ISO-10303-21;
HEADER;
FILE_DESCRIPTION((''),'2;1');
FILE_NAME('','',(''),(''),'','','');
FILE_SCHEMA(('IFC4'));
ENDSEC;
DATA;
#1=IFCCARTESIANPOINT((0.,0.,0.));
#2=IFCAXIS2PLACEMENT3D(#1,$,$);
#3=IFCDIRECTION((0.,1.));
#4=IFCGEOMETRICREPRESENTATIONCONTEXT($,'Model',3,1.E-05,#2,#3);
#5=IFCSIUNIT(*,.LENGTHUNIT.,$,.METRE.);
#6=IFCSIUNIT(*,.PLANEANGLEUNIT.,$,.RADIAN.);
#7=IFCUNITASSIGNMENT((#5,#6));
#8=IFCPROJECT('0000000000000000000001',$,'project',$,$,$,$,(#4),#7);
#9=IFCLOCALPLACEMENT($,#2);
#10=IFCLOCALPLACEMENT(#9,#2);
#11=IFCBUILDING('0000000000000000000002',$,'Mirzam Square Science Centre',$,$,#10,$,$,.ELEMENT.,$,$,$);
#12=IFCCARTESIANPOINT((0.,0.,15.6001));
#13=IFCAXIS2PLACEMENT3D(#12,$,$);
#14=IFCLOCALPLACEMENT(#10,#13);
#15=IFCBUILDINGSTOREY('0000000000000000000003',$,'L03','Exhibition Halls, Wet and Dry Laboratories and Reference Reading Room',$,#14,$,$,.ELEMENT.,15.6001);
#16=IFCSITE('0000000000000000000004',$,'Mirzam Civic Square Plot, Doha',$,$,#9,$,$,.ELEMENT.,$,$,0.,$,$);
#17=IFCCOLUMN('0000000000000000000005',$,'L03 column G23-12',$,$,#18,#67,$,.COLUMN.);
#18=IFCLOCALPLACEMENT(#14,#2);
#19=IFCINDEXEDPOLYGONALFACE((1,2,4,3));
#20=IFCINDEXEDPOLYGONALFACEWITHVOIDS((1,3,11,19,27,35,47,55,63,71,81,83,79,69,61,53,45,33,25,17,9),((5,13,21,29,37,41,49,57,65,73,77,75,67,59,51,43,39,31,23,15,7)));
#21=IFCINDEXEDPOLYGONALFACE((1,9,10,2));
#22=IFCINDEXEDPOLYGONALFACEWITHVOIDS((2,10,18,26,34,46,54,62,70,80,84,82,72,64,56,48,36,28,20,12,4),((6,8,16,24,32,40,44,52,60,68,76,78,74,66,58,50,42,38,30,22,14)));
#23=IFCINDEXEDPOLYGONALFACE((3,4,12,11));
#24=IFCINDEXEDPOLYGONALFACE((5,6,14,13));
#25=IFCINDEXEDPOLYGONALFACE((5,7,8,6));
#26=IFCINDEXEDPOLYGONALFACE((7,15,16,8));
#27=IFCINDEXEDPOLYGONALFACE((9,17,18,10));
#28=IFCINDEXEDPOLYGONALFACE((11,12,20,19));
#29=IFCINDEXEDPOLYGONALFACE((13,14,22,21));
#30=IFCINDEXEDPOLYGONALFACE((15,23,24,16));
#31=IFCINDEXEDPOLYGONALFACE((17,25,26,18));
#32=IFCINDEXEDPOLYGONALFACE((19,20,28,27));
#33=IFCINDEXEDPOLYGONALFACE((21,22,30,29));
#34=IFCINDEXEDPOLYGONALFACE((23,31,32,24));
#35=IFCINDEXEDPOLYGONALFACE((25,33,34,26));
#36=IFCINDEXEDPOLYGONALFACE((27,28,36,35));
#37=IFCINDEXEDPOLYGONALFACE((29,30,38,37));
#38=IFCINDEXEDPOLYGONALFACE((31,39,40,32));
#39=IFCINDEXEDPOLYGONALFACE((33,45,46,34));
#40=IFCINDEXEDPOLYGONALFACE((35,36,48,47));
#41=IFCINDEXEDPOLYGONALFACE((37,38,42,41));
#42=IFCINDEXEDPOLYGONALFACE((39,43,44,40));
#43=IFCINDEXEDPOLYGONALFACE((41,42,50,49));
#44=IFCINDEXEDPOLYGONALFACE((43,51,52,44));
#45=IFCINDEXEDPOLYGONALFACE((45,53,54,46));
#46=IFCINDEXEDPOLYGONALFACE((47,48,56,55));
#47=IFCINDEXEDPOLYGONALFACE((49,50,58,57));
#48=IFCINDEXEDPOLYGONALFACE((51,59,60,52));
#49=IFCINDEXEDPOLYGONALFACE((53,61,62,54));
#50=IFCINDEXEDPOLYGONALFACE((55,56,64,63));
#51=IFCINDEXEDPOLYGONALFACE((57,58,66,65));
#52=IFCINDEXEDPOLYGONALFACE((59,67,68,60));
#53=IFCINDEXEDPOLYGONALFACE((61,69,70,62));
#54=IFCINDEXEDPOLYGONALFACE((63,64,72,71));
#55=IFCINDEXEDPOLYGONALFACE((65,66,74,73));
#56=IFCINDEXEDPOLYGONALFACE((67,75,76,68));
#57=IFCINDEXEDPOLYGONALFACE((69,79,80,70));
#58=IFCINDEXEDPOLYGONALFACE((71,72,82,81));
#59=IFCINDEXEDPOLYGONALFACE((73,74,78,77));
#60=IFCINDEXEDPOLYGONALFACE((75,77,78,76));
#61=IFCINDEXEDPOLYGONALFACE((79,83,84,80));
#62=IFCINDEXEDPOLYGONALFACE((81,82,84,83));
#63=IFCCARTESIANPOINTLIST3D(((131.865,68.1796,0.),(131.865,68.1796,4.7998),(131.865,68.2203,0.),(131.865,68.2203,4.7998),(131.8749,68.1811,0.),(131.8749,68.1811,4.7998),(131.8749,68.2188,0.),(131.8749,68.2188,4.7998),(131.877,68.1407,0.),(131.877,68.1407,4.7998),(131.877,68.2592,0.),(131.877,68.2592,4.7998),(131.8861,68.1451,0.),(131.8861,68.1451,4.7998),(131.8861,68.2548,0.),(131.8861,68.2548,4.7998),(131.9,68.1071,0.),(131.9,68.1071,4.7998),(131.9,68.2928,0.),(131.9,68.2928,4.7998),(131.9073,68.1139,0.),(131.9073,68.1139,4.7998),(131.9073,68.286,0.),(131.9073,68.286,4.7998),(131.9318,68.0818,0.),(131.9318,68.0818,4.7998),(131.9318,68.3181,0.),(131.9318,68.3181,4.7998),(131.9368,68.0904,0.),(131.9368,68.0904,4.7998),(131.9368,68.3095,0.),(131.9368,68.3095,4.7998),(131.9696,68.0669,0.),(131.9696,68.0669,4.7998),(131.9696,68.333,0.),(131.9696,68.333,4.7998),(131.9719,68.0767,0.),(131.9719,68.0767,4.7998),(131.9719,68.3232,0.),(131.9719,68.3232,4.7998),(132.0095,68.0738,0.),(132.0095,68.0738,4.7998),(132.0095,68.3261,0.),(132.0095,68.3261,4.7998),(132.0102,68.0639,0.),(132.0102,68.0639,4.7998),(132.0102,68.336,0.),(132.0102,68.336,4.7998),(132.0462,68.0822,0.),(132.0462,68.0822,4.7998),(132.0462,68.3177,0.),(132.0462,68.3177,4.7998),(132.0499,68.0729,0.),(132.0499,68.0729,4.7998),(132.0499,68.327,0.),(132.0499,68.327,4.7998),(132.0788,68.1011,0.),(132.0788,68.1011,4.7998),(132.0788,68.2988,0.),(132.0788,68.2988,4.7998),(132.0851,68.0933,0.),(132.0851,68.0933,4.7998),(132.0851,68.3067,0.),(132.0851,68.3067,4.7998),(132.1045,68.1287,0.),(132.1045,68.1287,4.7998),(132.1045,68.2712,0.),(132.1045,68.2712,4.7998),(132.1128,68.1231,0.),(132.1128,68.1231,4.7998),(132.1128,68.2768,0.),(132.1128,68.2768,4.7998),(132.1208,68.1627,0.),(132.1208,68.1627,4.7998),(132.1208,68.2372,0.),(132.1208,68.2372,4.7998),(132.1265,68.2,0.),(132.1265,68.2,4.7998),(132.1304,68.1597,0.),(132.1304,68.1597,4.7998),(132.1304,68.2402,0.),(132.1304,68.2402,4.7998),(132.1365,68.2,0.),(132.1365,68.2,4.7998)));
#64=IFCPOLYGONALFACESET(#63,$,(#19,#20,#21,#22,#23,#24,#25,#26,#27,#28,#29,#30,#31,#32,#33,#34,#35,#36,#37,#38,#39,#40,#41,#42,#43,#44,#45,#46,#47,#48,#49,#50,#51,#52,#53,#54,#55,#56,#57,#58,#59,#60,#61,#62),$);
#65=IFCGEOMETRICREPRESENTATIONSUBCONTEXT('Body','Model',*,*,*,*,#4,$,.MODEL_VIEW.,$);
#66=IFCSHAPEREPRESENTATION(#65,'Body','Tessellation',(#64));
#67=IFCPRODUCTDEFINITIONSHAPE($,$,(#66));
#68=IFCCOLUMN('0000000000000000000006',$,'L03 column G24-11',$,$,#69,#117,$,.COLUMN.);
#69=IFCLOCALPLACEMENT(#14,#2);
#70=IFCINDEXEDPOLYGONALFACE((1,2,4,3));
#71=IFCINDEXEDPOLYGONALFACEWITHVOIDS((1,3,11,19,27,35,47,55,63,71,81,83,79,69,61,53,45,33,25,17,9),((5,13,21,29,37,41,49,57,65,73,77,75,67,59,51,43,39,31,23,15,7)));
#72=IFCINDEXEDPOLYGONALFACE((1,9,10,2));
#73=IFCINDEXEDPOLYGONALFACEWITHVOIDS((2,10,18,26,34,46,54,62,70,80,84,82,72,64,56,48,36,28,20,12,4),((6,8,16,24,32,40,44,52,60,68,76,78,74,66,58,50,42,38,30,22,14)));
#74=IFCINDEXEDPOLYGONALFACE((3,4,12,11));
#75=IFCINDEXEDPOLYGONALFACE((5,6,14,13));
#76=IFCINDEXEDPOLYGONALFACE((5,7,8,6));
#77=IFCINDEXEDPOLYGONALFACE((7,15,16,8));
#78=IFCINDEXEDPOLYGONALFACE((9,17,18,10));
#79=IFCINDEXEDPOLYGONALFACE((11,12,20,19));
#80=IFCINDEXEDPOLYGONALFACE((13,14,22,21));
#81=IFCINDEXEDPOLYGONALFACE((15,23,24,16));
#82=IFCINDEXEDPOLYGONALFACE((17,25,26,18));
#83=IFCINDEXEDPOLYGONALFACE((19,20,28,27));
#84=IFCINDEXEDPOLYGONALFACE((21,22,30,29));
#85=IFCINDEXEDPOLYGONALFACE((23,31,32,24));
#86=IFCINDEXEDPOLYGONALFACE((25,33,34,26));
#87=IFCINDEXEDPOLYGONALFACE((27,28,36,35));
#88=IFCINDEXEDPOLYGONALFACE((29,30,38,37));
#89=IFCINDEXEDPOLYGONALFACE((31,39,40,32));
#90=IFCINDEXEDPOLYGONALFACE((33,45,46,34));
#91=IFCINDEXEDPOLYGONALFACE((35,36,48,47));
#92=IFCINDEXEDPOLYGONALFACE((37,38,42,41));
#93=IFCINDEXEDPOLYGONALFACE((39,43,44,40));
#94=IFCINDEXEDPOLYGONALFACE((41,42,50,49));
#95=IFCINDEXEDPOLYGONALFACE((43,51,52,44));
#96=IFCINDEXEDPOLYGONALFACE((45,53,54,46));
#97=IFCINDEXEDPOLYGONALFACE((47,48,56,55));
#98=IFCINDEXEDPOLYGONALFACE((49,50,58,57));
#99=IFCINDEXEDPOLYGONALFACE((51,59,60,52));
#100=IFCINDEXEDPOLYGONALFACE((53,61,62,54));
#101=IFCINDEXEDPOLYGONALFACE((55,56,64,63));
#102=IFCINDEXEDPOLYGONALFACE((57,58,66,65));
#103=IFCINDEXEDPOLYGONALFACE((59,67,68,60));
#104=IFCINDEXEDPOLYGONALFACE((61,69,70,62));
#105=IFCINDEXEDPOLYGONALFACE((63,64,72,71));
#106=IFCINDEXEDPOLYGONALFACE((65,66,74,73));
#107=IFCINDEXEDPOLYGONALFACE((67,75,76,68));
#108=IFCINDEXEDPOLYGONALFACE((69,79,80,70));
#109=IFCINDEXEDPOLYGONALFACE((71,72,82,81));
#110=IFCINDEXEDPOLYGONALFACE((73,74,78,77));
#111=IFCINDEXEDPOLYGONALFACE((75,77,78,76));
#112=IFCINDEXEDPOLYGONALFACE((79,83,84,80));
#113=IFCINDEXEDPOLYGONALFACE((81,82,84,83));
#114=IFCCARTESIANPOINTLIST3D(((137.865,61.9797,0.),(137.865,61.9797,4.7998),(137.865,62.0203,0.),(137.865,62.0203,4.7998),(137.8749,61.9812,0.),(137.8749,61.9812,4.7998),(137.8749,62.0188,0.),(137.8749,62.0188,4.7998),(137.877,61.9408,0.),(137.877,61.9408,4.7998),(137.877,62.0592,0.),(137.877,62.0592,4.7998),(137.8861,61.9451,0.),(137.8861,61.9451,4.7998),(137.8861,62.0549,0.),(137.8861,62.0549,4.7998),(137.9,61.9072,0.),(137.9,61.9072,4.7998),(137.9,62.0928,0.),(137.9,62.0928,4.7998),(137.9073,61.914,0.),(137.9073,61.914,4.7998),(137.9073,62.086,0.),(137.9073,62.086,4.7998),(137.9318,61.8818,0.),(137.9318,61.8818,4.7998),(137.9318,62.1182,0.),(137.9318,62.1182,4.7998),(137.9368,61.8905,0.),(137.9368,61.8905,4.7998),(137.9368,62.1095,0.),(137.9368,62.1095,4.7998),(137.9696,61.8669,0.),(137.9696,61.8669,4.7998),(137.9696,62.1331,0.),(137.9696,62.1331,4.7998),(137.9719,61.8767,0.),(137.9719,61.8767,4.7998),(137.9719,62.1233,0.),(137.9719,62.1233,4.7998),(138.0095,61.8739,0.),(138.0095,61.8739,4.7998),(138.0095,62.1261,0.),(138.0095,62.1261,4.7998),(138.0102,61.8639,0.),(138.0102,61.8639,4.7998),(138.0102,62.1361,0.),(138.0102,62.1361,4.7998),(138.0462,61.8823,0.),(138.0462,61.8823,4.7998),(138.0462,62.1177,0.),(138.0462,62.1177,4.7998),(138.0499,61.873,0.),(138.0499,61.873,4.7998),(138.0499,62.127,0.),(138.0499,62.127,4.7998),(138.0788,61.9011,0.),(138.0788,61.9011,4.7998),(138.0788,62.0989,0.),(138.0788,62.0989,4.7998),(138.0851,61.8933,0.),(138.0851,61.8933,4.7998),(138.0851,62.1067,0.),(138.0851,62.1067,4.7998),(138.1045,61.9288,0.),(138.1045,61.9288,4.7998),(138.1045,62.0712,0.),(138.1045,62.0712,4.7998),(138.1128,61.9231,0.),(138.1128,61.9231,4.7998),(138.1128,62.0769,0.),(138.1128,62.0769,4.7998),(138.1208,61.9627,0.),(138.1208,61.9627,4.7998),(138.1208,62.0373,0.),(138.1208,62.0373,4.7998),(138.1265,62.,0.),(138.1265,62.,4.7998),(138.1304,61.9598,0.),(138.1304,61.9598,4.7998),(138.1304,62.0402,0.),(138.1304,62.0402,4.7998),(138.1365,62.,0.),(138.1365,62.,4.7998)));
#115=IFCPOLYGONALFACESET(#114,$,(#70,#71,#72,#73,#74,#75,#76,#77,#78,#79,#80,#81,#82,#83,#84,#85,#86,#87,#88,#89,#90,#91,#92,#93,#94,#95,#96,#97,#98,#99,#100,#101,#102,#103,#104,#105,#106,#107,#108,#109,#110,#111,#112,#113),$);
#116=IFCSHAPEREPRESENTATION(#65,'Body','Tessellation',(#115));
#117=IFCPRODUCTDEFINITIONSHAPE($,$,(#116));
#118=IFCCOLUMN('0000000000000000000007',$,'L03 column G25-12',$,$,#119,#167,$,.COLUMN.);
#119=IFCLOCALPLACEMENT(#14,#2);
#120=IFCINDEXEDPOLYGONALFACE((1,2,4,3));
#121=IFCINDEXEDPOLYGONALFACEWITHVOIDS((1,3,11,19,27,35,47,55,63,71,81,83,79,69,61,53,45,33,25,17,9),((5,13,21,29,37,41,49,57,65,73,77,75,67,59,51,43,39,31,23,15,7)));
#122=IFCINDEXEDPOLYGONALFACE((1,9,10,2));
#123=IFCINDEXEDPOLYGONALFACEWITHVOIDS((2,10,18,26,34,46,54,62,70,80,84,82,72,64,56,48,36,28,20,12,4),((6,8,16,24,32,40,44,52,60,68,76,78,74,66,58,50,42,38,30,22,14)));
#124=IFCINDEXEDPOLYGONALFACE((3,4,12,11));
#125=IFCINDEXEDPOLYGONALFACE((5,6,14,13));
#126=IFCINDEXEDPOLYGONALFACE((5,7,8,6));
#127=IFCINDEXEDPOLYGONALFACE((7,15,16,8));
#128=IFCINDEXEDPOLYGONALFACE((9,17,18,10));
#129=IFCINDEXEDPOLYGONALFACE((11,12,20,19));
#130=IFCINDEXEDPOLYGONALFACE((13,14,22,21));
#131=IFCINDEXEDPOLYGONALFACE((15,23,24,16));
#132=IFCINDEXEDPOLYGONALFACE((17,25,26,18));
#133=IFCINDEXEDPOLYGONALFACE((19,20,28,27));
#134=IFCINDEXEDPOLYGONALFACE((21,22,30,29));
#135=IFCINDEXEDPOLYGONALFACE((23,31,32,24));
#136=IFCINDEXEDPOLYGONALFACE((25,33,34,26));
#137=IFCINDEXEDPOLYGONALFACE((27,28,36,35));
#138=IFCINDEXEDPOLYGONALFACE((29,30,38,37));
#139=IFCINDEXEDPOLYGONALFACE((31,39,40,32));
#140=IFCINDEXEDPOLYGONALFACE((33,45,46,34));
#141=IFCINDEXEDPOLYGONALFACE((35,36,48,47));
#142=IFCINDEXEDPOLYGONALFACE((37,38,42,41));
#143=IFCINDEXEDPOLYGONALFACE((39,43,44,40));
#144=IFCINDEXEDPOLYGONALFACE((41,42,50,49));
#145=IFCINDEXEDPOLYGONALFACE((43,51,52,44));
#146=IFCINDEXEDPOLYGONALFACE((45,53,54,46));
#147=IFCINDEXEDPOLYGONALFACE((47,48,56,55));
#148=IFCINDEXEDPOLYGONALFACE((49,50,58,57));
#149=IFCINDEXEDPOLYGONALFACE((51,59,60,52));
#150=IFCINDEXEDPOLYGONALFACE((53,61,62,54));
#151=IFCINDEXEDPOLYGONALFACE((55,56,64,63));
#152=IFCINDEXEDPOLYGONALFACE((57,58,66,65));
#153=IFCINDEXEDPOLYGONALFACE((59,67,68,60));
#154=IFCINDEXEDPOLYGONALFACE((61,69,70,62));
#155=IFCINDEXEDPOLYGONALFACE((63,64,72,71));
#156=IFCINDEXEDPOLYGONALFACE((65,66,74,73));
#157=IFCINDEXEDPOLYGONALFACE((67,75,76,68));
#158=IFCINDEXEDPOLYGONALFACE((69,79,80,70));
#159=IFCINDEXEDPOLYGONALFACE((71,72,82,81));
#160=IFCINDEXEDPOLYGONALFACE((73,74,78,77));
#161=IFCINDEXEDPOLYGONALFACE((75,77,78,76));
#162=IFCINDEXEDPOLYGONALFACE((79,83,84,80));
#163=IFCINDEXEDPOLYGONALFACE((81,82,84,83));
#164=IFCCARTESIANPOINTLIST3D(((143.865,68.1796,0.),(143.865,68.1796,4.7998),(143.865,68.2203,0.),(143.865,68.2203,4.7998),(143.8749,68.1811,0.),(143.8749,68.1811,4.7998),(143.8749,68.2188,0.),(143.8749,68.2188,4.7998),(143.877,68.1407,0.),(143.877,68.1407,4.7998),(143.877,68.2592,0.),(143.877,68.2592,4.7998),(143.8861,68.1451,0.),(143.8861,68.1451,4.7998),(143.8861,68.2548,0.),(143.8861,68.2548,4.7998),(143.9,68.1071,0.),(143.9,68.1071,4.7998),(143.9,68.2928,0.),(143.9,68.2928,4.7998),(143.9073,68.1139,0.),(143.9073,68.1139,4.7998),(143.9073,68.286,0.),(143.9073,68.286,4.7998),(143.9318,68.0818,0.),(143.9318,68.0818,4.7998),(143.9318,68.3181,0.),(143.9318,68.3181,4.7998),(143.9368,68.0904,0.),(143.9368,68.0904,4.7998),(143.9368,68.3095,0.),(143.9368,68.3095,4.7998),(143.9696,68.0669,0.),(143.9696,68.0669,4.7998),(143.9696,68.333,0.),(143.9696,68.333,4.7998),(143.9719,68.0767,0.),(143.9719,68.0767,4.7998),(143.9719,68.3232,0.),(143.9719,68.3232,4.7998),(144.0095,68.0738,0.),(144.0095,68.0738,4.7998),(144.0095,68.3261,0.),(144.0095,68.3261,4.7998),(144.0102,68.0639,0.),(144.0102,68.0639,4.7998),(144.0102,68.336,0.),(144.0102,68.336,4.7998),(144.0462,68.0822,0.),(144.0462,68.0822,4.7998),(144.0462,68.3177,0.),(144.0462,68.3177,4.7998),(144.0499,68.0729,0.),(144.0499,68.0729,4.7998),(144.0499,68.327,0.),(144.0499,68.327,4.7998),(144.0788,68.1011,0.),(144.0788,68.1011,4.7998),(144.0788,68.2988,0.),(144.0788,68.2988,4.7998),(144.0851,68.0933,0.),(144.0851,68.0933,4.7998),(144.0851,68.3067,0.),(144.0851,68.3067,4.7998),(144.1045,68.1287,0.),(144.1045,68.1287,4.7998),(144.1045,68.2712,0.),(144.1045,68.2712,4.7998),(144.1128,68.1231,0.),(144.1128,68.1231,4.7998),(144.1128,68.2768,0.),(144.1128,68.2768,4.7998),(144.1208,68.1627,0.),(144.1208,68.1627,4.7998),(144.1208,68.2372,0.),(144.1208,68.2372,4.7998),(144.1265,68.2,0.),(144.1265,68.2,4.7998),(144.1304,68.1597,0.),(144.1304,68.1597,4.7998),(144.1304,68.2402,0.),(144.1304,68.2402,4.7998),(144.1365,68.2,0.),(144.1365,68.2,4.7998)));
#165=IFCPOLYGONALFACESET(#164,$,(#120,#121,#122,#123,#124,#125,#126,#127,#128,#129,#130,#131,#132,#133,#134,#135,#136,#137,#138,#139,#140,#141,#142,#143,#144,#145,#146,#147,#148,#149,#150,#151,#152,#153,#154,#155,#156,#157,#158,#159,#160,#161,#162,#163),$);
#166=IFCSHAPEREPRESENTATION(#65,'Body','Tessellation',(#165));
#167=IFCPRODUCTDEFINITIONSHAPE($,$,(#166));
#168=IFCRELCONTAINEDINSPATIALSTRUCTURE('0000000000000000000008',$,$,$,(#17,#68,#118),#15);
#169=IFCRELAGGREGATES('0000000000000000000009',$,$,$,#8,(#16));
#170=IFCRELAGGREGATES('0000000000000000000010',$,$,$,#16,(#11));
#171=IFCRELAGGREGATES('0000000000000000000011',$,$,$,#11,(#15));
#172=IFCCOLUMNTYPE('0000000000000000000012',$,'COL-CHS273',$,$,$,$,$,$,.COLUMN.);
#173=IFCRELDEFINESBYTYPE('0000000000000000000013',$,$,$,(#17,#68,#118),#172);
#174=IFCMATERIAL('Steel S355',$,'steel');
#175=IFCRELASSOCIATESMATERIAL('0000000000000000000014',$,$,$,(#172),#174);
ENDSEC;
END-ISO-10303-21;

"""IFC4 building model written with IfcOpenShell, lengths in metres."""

from ifc_helpers import new_model, si_unit, direction, frame, origin, origin_2d, place, context, subcontext, project, spatial, hollow_circle, extrude, material, material_profile, profile_set, type_object, element, save


model = new_model("IFC4")

# Units and contexts
model_context = context("Model", 3, precision=1e-05, world=origin(), true_north=direction((0.0, 1.0)))
body_context = subcontext(model_context, "Body", "Model", "MODEL_VIEW")
ifc_project = project(units=[si_unit("LENGTHUNIT", "METRE"), si_unit("PLANEANGLEUNIT", "RADIAN")], contexts=[model_context])

# Site, building, storey
site_placement = place(None, origin())
site = spatial("IfcSite", under=ifc_project, at=site_placement, Name="Mirzam Civic Square Plot, Doha", CompositionType="ELEMENT", RefElevation=0.0)
building_placement = place(site_placement, origin())
building = spatial("IfcBuilding", under=site, at=building_placement, Name="Mirzam Square Science Centre", CompositionType="ELEMENT")
storey_placement = place(building_placement, frame((0.0, 0.0, 15.6001)))
storey = spatial("IfcBuildingStorey", under=building, at=storey_placement, Name="L03", Description="Exhibition Halls, Wet and Dry Laboratories and Reference Reading Room", CompositionType="ELEMENT", Elevation=15.6001)

# Columns
ifc_material_1 = material(Name="Steel S355", Category="steel")
ifc_material_profile_1 = material_profile(ifc_material_1, hollow_circle(Radius=0.1365, WallThickness=0.01, at=origin_2d()), Name="273.0x10.0CHS")
ifc_profile_set_1 = profile_set([ifc_material_profile_1], Name="Steel S355")
column_type_1 = type_object("IfcColumnType", Name="COL-CHS273", PredefinedType="COLUMN", material=ifc_profile_set_1)
for number, where, z_axis, x_axis, name in (
    (1, (132.0, 68.2, 0.0), (0.0, 0.0, 1.0), (1.0, 0.0, 0.0), "L03 column G23-12"),
    (2, (138.0, 62.0, 0.0), (0.0, 0.0, 1.0), (1.0, 0.0, 0.0), "L03 column G24-11"),
    (3, (144.0, 68.2, 0.0), (0.0, 0.0, 1.0), (1.0, 0.0, 0.0), "L03 column G25-12"),
):
    element("IfcColumn", number, at=place(storey_placement, frame(where, z_axis=z_axis, x_axis=x_axis)), inside=storey, type_object=column_type_1, Name=name, PredefinedType="COLUMN", context=body_context, shape_type="SweptSolid", body=[
        extrude(hollow_circle(Radius=0.1365, WallThickness=0.01, at=origin_2d()), origin(), (0.0, 0.0, 1.0), 4.7998),
    ])

save(model, "model.ifc")
